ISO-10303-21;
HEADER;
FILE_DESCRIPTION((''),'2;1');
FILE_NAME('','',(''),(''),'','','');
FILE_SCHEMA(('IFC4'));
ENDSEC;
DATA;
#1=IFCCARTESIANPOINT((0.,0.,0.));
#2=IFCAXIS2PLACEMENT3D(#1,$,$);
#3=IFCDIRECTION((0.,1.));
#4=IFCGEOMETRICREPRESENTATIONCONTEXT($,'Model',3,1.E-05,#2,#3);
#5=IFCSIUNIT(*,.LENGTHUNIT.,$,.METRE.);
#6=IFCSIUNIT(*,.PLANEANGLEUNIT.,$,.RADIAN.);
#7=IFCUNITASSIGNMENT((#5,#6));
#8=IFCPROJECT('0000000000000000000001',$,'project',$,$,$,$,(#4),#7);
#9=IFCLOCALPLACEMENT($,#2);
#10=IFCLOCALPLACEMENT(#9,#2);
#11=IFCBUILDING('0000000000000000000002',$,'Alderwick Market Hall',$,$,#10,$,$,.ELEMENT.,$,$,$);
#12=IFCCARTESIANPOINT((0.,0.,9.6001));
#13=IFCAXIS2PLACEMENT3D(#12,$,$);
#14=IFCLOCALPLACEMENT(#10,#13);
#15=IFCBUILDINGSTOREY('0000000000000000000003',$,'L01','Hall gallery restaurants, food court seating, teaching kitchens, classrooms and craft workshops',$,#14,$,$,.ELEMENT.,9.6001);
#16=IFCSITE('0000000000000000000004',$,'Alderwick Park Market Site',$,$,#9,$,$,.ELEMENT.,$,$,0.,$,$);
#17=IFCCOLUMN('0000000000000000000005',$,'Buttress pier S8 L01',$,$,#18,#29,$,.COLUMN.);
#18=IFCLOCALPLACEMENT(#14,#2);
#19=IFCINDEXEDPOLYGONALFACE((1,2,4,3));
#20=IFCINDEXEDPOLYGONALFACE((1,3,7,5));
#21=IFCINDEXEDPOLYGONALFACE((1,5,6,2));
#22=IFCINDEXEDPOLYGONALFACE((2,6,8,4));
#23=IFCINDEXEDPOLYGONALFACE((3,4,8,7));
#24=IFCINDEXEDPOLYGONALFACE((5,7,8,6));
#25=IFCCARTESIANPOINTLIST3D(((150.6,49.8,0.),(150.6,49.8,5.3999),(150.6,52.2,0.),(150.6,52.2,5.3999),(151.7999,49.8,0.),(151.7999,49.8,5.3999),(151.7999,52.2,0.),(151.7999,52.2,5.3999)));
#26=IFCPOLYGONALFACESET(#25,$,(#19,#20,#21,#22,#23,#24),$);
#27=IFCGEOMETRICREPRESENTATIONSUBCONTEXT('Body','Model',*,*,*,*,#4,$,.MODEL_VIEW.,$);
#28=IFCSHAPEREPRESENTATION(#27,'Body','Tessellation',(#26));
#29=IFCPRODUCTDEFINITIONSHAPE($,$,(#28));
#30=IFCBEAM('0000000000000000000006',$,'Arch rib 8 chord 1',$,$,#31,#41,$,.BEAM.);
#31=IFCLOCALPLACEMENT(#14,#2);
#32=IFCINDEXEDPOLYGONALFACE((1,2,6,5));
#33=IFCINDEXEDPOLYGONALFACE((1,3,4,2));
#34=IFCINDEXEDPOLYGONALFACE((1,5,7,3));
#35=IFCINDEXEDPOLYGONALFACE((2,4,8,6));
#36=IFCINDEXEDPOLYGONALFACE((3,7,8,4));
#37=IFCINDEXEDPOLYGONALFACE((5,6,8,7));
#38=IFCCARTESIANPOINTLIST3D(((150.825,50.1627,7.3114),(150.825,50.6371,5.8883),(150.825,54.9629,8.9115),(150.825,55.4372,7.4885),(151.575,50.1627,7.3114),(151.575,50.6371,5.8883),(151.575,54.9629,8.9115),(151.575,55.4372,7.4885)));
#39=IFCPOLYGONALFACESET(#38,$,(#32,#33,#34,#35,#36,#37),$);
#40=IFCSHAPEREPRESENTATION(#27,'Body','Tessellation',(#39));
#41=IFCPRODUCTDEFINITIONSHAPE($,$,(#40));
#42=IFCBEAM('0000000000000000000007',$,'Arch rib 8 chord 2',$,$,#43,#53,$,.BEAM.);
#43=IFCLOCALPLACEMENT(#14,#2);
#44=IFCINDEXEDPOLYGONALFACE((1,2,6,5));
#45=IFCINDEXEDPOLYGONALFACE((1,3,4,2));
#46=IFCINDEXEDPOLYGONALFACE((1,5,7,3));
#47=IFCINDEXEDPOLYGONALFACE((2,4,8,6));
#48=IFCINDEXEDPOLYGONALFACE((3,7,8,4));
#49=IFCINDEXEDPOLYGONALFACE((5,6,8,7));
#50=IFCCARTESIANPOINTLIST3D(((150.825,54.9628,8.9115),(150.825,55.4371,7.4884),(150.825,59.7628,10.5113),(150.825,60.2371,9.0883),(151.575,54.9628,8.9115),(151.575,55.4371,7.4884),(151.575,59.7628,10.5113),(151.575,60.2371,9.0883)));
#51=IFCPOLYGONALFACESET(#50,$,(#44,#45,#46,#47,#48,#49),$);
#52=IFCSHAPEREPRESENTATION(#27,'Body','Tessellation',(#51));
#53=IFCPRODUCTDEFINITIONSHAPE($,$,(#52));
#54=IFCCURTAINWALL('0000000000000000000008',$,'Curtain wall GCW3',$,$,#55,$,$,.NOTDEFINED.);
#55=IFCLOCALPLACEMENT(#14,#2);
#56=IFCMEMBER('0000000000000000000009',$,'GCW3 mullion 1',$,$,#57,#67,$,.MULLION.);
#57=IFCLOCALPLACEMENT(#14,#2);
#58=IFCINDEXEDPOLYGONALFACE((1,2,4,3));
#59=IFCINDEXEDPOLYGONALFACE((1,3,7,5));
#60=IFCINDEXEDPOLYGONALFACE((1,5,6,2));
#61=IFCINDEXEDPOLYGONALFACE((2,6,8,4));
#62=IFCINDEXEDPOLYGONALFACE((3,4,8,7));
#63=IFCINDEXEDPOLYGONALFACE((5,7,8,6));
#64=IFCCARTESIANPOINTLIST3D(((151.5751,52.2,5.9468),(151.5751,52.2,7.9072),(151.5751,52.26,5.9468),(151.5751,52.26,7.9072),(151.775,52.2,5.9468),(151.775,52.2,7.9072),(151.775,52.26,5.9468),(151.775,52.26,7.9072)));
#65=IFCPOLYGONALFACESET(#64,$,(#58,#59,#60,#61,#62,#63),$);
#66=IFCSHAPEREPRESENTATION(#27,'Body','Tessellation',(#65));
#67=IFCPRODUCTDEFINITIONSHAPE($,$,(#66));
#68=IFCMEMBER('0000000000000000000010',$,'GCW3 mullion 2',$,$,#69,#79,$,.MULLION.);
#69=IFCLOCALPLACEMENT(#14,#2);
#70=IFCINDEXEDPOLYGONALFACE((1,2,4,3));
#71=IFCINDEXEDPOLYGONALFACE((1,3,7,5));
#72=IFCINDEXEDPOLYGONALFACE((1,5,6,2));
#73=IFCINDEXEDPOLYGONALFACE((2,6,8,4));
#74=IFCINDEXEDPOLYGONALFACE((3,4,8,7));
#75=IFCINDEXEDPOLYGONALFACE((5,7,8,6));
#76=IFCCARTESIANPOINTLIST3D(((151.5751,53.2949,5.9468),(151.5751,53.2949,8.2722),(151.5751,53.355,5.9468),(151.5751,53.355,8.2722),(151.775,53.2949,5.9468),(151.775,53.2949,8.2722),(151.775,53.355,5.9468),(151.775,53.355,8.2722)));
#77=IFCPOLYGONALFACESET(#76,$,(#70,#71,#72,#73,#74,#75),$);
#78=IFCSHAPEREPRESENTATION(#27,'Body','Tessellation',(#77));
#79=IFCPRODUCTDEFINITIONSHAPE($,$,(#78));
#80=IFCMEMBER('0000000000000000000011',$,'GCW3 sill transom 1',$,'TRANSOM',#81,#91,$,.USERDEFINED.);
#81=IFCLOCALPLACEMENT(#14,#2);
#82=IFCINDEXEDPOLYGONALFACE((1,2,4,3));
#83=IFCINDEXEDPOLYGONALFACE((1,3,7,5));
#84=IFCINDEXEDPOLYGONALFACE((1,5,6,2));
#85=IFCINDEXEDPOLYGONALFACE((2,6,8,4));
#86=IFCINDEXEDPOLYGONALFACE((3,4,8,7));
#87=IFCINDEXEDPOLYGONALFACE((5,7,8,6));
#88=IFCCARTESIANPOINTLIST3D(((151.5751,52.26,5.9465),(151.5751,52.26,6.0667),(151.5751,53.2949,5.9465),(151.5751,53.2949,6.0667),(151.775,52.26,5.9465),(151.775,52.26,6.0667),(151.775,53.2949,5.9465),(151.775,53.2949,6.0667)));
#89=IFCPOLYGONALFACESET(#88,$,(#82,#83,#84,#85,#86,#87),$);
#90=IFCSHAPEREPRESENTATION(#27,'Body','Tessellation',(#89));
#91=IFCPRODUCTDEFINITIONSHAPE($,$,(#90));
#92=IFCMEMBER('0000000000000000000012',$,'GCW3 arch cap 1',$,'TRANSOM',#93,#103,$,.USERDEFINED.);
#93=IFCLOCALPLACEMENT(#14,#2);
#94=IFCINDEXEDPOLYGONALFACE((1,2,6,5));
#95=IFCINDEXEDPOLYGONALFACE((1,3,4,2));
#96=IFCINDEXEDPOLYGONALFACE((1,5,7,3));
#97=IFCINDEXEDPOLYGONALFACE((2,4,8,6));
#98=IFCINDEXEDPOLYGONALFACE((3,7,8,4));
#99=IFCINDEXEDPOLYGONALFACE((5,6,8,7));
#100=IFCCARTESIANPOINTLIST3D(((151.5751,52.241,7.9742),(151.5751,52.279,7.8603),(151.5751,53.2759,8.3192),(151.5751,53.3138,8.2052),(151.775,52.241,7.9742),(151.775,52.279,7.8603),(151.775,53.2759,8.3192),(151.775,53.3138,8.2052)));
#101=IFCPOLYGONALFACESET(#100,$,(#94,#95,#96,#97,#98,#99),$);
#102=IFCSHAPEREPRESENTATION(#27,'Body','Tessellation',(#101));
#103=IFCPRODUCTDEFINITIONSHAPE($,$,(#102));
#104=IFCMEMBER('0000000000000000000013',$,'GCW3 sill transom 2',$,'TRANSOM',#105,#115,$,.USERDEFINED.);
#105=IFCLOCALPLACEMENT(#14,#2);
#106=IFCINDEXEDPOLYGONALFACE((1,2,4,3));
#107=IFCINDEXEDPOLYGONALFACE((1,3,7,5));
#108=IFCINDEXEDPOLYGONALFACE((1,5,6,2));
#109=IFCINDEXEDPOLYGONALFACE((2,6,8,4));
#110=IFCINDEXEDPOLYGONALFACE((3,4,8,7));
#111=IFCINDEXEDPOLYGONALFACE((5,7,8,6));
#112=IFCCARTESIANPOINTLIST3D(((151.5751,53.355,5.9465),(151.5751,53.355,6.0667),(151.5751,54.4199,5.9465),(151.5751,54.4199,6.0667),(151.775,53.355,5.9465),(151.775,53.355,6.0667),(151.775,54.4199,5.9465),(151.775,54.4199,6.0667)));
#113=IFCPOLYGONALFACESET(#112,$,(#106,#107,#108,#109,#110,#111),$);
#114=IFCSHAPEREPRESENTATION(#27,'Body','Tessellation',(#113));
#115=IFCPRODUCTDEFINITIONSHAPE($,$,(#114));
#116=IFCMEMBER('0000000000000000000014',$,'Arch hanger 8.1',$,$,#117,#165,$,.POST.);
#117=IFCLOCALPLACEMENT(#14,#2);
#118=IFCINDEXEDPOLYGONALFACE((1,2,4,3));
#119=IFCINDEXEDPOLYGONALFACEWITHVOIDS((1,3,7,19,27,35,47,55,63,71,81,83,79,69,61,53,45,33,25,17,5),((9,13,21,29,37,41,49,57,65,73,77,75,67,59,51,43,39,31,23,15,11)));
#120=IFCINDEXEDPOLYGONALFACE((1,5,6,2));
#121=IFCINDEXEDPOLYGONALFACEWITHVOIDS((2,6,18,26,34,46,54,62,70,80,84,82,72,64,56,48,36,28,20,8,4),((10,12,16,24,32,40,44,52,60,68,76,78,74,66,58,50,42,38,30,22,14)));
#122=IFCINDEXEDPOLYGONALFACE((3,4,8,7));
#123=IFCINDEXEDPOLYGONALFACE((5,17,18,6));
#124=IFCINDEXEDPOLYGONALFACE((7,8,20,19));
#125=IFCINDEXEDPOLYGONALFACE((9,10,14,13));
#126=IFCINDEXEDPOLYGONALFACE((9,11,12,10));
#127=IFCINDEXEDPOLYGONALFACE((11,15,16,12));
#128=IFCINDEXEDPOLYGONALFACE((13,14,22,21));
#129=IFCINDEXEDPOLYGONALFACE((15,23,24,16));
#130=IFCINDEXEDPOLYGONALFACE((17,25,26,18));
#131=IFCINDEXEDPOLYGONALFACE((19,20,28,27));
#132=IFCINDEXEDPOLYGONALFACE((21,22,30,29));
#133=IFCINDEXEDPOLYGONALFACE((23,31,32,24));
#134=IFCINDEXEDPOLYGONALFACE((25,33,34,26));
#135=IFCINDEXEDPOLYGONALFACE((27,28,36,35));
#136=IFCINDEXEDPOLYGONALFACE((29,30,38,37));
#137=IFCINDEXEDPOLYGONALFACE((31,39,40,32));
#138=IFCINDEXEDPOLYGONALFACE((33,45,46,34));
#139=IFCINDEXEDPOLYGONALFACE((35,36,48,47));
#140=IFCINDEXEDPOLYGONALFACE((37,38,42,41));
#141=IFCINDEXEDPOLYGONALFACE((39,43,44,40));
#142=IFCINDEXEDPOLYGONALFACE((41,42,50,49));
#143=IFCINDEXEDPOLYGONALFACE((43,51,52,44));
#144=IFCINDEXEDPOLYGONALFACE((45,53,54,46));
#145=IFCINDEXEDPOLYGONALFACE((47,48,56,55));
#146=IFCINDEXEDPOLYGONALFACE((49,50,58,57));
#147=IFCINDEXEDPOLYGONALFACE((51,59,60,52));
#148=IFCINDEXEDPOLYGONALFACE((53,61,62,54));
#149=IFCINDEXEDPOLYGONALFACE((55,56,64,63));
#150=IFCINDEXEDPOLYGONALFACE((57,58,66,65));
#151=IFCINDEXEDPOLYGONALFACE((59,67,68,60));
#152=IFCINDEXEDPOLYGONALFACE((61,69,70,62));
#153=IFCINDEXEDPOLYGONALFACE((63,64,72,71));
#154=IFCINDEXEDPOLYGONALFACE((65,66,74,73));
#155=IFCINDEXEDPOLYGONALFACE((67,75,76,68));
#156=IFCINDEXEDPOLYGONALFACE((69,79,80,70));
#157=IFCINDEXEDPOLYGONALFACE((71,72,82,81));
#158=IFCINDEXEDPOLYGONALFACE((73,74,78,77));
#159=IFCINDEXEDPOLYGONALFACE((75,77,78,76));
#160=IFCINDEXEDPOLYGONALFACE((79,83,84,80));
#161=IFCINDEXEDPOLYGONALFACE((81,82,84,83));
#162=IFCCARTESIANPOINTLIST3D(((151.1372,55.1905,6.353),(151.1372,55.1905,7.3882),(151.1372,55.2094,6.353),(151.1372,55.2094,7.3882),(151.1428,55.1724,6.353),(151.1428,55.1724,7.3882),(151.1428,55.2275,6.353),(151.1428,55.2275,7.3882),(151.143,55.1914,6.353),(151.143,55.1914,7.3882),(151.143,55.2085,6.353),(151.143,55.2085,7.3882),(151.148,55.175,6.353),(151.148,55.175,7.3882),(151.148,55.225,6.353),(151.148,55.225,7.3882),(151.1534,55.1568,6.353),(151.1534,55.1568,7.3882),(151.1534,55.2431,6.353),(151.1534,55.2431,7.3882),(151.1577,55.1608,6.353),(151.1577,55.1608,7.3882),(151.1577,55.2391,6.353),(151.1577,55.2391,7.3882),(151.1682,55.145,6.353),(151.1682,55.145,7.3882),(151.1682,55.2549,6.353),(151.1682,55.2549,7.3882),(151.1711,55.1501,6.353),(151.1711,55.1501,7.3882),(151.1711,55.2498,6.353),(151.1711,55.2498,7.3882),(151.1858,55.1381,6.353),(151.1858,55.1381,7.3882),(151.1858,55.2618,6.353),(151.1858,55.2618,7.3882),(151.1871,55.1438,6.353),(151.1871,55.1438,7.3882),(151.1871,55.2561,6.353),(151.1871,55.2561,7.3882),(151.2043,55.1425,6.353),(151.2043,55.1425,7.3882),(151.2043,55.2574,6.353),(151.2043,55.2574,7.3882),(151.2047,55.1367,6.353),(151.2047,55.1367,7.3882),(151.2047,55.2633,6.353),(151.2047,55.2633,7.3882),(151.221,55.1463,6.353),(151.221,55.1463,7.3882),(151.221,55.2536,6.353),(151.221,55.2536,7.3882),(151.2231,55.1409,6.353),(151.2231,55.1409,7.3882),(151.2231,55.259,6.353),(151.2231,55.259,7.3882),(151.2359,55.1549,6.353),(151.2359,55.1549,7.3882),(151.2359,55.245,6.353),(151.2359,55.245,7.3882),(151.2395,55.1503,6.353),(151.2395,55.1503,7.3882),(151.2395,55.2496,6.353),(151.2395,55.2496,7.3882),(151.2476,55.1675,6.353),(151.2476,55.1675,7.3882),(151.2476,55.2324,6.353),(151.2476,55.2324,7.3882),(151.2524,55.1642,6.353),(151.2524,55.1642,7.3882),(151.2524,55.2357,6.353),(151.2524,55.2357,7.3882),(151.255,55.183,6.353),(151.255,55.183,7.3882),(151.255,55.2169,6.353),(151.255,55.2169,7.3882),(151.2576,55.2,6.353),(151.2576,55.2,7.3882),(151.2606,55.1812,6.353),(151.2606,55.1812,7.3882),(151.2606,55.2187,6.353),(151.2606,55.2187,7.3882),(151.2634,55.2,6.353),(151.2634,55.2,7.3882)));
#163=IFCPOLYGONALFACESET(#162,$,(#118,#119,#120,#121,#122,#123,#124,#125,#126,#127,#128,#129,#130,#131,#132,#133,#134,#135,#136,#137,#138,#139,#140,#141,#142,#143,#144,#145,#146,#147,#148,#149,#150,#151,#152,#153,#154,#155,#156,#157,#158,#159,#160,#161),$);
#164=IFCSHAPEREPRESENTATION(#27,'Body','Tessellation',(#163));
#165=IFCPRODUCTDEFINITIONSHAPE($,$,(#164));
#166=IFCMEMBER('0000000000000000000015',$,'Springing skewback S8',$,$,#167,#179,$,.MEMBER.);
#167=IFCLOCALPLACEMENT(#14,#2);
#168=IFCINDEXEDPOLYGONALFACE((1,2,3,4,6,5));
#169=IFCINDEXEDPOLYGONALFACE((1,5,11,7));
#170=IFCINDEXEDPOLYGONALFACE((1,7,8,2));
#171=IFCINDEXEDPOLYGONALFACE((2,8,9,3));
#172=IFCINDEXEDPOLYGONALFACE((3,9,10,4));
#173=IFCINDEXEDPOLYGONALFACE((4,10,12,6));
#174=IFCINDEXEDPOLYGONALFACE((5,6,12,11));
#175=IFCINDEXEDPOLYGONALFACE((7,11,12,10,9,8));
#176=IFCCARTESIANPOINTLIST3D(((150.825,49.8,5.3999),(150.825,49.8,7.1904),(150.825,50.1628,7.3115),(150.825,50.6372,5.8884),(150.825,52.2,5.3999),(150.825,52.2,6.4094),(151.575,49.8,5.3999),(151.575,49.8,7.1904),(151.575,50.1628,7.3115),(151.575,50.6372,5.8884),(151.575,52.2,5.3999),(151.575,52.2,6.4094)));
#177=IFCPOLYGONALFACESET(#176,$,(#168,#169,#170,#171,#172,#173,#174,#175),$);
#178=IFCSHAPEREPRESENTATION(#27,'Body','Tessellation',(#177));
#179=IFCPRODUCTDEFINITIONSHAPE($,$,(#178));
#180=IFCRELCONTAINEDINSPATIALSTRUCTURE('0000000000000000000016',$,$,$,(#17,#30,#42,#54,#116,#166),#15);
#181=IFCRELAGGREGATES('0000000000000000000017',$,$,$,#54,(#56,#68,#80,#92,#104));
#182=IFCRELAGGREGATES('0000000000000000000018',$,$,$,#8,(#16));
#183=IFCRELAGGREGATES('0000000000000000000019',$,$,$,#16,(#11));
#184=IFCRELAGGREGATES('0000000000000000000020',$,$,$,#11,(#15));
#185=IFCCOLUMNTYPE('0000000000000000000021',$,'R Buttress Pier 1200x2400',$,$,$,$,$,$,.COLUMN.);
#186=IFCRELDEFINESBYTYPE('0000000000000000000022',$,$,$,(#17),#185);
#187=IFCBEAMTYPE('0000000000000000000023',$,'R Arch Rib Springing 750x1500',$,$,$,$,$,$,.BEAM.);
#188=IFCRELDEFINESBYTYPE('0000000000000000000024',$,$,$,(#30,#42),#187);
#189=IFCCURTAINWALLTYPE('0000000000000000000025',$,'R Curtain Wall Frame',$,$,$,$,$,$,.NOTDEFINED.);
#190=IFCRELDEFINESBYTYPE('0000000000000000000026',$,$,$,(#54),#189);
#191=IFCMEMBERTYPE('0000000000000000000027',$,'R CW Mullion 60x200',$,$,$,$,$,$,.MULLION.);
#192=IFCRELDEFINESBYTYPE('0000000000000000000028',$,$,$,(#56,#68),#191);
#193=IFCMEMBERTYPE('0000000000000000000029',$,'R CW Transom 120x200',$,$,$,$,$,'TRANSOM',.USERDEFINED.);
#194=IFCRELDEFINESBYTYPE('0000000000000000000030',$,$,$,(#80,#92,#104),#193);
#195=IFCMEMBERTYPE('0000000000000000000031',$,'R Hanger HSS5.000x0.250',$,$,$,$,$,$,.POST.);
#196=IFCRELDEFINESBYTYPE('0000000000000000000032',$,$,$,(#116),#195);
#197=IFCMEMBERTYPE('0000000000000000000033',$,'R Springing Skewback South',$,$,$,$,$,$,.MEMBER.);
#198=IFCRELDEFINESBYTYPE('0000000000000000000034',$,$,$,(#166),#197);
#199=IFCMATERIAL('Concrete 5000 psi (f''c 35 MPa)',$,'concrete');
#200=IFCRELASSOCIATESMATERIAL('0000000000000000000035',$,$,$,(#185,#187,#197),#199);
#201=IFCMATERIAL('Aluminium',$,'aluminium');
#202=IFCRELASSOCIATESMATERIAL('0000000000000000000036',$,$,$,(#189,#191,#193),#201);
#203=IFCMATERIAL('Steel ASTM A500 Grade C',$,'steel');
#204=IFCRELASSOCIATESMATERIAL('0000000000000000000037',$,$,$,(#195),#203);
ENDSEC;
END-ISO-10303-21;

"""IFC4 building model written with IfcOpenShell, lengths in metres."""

from ifc_helpers import new_model, si_unit, direction, frame, origin, origin_2d, place, context, subcontext, project, spatial, polyline, rectangle, hollow_circle, outline, extrude, material, material_profile, profile_set, type_object, element, aggregate, save


model = new_model("IFC4")

# Units and contexts
model_context = context("Model", 3, precision=1e-05, world=origin(), true_north=direction((0.0, 1.0)))
body_context = subcontext(model_context, "Body", "Model", "MODEL_VIEW")
ifc_project = project(units=[si_unit("LENGTHUNIT", "METRE"), si_unit("PLANEANGLEUNIT", "RADIAN")], contexts=[model_context])

# Site, building, storey
site_placement = place(None, origin())
site = spatial("IfcSite", under=ifc_project, at=site_placement, Name="Alderwick Park Market Site", CompositionType="ELEMENT", RefElevation=0.0)
building_placement = place(site_placement, origin())
building = spatial("IfcBuilding", under=site, at=building_placement, Name="Alderwick Market Hall", CompositionType="ELEMENT")
storey_placement = place(building_placement, frame((0.0, 0.0, 9.6001)))
storey = spatial("IfcBuildingStorey", under=building, at=storey_placement, Name="L01", Description="Hall gallery restaurants, food court seating, teaching kitchens, classrooms and craft workshops", CompositionType="ELEMENT", Elevation=9.6001)

# Column
ifc_material_1 = material(Name="Concrete 5000 psi (f'c 35 MPa)", Category="concrete")
ifc_material_profile_1 = material_profile(ifc_material_1, rectangle(XDim=1.2, YDim=2.3999, at=origin_2d()), Name="RC 1200x2400")
ifc_profile_set_1 = profile_set([ifc_material_profile_1], Name="Concrete 5000 psi (f'c 35 MPa)")
column_type = type_object("IfcColumnType", Name="R Buttress Pier 1200x2400", PredefinedType="COLUMN", material=ifc_profile_set_1)
column_placement = place(storey_placement, frame((151.2, 51.0, 0.0), z_axis=(0.0, 0.0, 1.0), x_axis=(1.0, 0.0, 0.0)))
element("IfcColumn", 1, at=column_placement, inside=storey, type_object=column_type, Name="Buttress pier S8 L01", PredefinedType="COLUMN", context=body_context, shape_type="SweptSolid", body=[
    extrude(rectangle(XDim=1.2, YDim=2.3999, at=origin_2d()), origin(), (0.0, 0.0, 1.0), 5.3999),
])

# Beams
ifc_material_profile_2 = material_profile(ifc_material_1, rectangle(XDim=0.75, YDim=1.5, at=origin_2d()), Name="RC 750x1500")
ifc_profile_set_2 = profile_set([ifc_material_profile_2], Name="Concrete 5000 psi (f'c 35 MPa)")
beam_type = type_object("IfcBeamType", Name="R Arch Rib Springing 750x1500", PredefinedType="BEAM", material=ifc_profile_set_2)
beam_1_placement = place(storey_placement, frame((151.2, 50.3999, 6.5999), z_axis=(0.0, 0.948678, 0.316242), x_axis=(-1.0, 0.0, 0.0)))
element("IfcBeam", 2, at=beam_1_placement, inside=storey, type_object=beam_type, Name="Arch rib 8 chord 1", PredefinedType="BEAM", context=body_context, shape_type="SweptSolid", body=[
    extrude(rectangle(XDim=0.75, YDim=1.5, at=origin_2d()), origin(), (0.0, 0.0, 1.0), 5.0598),
])
beam_2_placement = place(storey_placement, frame((151.2, 55.2, 8.2), z_axis=(0.0, 0.948693, 0.316199), x_axis=(-1.0, 0.0, 0.0)))
element("IfcBeam", 3, at=beam_2_placement, inside=storey, type_object=beam_type, Name="Arch rib 8 chord 2", PredefinedType="BEAM", context=body_context, shape_type="SweptSolid", body=[
    extrude(rectangle(XDim=0.75, YDim=1.5, at=origin_2d()), origin(), (0.0, 0.0, 1.0), 5.0596),
])

# Curtain wall, members
ifc_material_2 = material(Name="Aluminium", Category="aluminium")
curtain_wall_type = type_object("IfcCurtainWallType", Name="R Curtain Wall Frame", PredefinedType="NOTDEFINED", material=ifc_material_2)
curtain_wall_placement = place(storey_placement, origin())
curtain_wall = element("IfcCurtainWall", 4, at=curtain_wall_placement, inside=storey, type_object=curtain_wall_type, Name="Curtain wall GCW3", PredefinedType="NOTDEFINED")
ifc_material_profile_3 = material_profile(ifc_material_2, rectangle(XDim=0.2, YDim=0.0601, at=origin_2d()), Name="AL 60x200")
ifc_profile_set_3 = profile_set([ifc_material_profile_3], Name="Aluminium")
member_type_1 = type_object("IfcMemberType", Name="R CW Mullion 60x200", PredefinedType="MULLION", material=ifc_profile_set_3)
member_1_placement = place(storey_placement, frame((151.675, 52.23, 5.9468), z_axis=(0.0, 0.0, 1.0), x_axis=(1.0, 0.0, 0.0)))
member_1 = element("IfcMember", 5, at=member_1_placement, type_object=member_type_1, Name="GCW3 mullion 1", PredefinedType="MULLION", context=body_context, shape_type="SweptSolid", body=[
    extrude(rectangle(XDim=0.2, YDim=0.0601, at=origin_2d()), origin(), (0.0, 0.0, 1.0), 1.9604),
])
member_2_placement = place(storey_placement, frame((151.675, 53.325, 5.9468), z_axis=(0.0, 0.0, 1.0), x_axis=(1.0, 0.0, 0.0)))
member_2 = element("IfcMember", 6, at=member_2_placement, type_object=member_type_1, Name="GCW3 mullion 2", PredefinedType="MULLION", context=body_context, shape_type="SweptSolid", body=[
    extrude(rectangle(XDim=0.2, YDim=0.0601, at=origin_2d()), origin(), (0.0, 0.0, 1.0), 2.3254),
])
ifc_material_profile_4 = material_profile(ifc_material_2, rectangle(XDim=0.2, YDim=0.1201, at=origin_2d()), Name="AL 120x200")
ifc_profile_set_4 = profile_set([ifc_material_profile_4], Name="Aluminium")
member_type_2 = type_object("IfcMemberType", Name="R CW Transom 120x200", ElementType="TRANSOM", PredefinedType="USERDEFINED", material=ifc_profile_set_4)
member_3_placement = place(storey_placement, frame((151.675, 52.26, 6.0066), z_axis=(0.0, 1.0, 0.0), x_axis=(-1.0, 0.0, 0.0)))
member_3 = element("IfcMember", 7, at=member_3_placement, type_object=member_type_2, Name="GCW3 sill transom 1", ObjectType="TRANSOM", PredefinedType="USERDEFINED", context=body_context, shape_type="SweptSolid", body=[
    extrude(rectangle(XDim=0.2, YDim=0.1201, at=origin_2d()), origin(), (0.0, 0.0, 1.0), 1.0349),
])
member_4_placement = place(storey_placement, frame((151.675, 52.26, 7.9172), z_axis=(0.0, 0.948683, 0.316228), x_axis=(-1.0, 0.0, 0.0)))
member_4 = element("IfcMember", 8, at=member_4_placement, type_object=member_type_2, Name="GCW3 arch cap 1", ObjectType="TRANSOM", PredefinedType="USERDEFINED", context=body_context, shape_type="SweptSolid", body=[
    extrude(rectangle(XDim=0.2, YDim=0.1201, at=origin_2d()), origin(), (0.0, 0.0, 1.0), 1.0908),
])
member_5_placement = place(storey_placement, frame((151.675, 53.355, 6.0066), z_axis=(0.0, 1.0, 0.0), x_axis=(-1.0, 0.0, 0.0)))
member_5 = element("IfcMember", 9, at=member_5_placement, type_object=member_type_2, Name="GCW3 sill transom 2", ObjectType="TRANSOM", PredefinedType="USERDEFINED", context=body_context, shape_type="SweptSolid", body=[
    extrude(rectangle(XDim=0.2, YDim=0.1201, at=origin_2d()), origin(), (0.0, 0.0, 1.0), 1.0649),
])

# Members
ifc_material_3 = material(Name="Steel ASTM A500 Grade C", Category="steel")
ifc_material_profile_5 = material_profile(ifc_material_3, hollow_circle(Radius=0.0635, WallThickness=0.0059, at=origin_2d()), Name="HSS5.000x0.250")
ifc_profile_set_5 = profile_set([ifc_material_profile_5], Name="Steel ASTM A500 Grade C")
member_type_3 = type_object("IfcMemberType", Name="R Hanger HSS5.000x0.250", PredefinedType="POST", material=ifc_profile_set_5)
member_6_placement = place(storey_placement, frame((151.2, 55.2, 6.353), z_axis=(0.0, 0.0, 1.0), x_axis=(1.0, 0.0, 0.0)))
element("IfcMember", 10, at=member_6_placement, inside=storey, type_object=member_type_3, Name="Arch hanger 8.1", PredefinedType="POST", context=body_context, shape_type="SweptSolid", body=[
    extrude(hollow_circle(Radius=0.0635, WallThickness=0.0059, at=origin_2d()), origin(), (0.0, 0.0, 1.0), 1.0352),
])
ifc_material_profile_6 = material_profile(ifc_material_1, outline(polyline([(0.0, 0.0), (2.3999, 0.0), (2.3999, 1.0095), (0.8372, 0.4885), (0.3628, 1.9116), (0.0, 1.7905), (0.0, 0.0)])), Name="RC skewback S")
ifc_profile_set_6 = profile_set([ifc_material_profile_6], Name="Concrete 5000 psi (f'c 35 MPa)")
member_type_4 = type_object("IfcMemberType", Name="R Springing Skewback South", PredefinedType="MEMBER", material=ifc_profile_set_6)
member_7_placement = place(storey_placement, frame((150.825, 49.8, 5.3999), z_axis=(1.0, 0.0, 0.0), x_axis=(0.0, 1.0, 0.0)))
element("IfcMember", 11, at=member_7_placement, inside=storey, type_object=member_type_4, Name="Springing skewback S8", PredefinedType="MEMBER", context=body_context, shape_type="SweptSolid", body=[
    extrude(outline(polyline([(0.0, 0.0), (2.3999, 0.0), (2.3999, 1.0095), (0.8372, 0.4885), (0.3628, 1.9116), (0.0, 1.7905), (0.0, 0.0)])), origin(), (0.0, 0.0, 1.0), 0.75),
])

aggregate(curtain_wall, [member_1, member_2, member_3, member_4, member_5])

save(model, "model.ifc")
